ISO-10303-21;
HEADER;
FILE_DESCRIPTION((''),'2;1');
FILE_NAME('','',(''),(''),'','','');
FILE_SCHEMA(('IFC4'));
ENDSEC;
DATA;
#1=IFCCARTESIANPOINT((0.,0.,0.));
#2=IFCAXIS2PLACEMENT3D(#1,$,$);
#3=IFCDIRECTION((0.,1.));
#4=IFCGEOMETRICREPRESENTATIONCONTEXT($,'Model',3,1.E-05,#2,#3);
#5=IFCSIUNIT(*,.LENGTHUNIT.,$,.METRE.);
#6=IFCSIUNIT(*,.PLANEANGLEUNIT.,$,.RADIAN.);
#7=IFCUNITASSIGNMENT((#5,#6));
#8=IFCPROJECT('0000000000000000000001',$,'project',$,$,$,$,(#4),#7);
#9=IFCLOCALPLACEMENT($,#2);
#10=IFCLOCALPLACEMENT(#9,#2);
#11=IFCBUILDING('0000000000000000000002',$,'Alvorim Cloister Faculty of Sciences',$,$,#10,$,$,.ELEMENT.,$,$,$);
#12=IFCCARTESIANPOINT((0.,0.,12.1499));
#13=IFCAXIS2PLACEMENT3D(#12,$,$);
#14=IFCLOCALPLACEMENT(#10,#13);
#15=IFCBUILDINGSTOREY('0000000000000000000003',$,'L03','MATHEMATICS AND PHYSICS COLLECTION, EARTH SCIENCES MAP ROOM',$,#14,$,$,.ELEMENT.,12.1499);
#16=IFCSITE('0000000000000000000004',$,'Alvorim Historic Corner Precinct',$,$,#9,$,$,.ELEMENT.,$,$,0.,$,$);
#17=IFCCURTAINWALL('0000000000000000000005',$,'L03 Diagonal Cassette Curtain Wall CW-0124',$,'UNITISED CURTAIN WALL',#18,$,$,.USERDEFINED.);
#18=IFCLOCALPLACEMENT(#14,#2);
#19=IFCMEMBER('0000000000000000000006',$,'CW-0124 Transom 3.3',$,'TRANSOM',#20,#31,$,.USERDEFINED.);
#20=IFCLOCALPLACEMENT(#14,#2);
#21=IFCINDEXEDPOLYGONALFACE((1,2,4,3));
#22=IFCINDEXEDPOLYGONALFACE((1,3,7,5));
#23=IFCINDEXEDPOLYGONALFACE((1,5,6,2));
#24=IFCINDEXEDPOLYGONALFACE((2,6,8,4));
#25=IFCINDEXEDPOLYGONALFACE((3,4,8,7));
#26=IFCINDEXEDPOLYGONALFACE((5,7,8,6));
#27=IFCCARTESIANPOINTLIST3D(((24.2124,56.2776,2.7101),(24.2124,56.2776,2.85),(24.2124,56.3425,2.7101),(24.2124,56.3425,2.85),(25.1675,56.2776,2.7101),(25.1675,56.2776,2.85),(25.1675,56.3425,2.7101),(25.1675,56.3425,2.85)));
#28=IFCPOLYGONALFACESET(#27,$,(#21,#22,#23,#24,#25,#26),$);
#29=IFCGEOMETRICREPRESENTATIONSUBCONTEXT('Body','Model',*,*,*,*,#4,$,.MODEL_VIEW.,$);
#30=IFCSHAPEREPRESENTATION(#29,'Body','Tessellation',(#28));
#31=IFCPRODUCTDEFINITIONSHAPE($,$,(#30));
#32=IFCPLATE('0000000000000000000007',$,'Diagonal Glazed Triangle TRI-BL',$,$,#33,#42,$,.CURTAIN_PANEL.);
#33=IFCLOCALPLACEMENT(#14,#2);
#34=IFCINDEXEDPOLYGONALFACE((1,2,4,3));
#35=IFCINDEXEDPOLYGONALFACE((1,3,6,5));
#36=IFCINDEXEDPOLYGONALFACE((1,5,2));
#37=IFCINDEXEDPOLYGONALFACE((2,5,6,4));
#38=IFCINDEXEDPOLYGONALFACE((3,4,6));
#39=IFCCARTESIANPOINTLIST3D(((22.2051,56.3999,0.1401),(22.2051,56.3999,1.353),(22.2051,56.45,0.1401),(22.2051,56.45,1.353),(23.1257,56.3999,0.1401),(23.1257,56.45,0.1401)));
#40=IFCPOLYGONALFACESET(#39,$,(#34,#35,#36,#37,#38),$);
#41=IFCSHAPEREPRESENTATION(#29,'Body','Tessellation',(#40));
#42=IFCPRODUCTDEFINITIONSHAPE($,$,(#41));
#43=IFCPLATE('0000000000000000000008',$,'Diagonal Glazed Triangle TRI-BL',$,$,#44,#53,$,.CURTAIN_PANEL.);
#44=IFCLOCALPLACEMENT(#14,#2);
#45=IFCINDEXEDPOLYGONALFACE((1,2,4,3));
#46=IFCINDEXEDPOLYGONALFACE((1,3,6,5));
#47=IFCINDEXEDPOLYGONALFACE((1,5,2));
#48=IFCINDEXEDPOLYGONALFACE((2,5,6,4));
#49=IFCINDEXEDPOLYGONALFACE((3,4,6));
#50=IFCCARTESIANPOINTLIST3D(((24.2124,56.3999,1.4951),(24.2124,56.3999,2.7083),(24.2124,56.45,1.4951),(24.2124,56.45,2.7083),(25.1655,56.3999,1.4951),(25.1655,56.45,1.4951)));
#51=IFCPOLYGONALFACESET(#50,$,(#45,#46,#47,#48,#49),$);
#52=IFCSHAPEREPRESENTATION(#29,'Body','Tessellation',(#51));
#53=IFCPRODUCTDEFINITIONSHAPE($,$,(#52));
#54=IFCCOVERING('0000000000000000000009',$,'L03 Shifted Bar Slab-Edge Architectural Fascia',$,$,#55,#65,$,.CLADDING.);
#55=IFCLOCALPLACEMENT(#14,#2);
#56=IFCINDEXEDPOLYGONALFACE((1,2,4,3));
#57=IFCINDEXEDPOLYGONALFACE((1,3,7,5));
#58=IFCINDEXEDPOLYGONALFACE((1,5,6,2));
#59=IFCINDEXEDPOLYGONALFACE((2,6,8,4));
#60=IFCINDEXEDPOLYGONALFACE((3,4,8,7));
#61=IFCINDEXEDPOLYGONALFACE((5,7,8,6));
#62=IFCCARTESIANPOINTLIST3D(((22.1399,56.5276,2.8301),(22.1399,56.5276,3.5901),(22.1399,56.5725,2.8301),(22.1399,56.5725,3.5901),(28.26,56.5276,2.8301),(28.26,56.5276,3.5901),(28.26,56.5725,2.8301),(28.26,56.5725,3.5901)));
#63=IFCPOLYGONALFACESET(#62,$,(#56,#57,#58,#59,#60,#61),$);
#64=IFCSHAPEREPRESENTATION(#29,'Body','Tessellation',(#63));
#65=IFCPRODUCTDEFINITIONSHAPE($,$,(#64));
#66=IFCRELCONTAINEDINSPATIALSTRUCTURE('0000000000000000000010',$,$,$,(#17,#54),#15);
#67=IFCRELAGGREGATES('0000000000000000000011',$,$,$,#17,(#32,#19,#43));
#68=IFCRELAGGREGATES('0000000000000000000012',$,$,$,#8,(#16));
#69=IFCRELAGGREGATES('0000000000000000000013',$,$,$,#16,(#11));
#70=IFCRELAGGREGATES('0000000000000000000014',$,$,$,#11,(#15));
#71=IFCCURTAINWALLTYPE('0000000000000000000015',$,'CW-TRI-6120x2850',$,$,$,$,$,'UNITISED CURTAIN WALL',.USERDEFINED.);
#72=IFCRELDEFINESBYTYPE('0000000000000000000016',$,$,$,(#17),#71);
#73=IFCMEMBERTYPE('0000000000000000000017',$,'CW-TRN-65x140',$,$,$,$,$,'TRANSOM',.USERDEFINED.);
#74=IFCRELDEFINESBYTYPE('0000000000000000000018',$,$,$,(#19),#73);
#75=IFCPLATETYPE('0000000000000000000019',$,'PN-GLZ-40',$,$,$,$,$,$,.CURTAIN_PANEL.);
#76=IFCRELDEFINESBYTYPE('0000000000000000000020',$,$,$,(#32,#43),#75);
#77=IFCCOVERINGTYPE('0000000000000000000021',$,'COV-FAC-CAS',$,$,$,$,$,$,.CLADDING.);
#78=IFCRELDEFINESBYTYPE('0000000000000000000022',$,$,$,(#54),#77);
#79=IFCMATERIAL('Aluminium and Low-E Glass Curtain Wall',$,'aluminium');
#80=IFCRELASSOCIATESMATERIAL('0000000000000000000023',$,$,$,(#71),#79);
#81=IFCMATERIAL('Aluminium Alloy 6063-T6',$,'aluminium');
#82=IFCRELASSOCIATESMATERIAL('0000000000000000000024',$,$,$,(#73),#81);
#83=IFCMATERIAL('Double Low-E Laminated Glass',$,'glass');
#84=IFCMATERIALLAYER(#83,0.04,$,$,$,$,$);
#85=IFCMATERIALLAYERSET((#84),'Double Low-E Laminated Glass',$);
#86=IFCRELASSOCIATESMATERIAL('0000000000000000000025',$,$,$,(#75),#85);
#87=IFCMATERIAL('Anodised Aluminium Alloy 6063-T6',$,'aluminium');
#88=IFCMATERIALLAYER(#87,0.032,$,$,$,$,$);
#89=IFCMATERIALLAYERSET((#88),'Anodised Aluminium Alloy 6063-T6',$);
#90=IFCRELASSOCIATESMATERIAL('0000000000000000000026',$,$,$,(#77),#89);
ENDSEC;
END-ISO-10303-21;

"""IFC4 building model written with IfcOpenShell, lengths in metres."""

from ifc_helpers import new_model, si_unit, direction, frame, origin, origin_2d, place, context, subcontext, project, spatial, polyline, rectangle, outline, extrude, material, layer, layer_set, material_profile, profile_set, type_object, element, aggregate, save


model = new_model("IFC4")

# Units and contexts
model_context = context("Model", 3, precision=1e-05, world=origin(), true_north=direction((0.0, 1.0)))
body_context = subcontext(model_context, "Body", "Model", "MODEL_VIEW")
ifc_project = project(units=[si_unit("LENGTHUNIT", "METRE"), si_unit("PLANEANGLEUNIT", "RADIAN")], contexts=[model_context])

# Site, building, storey
site_placement = place(None, origin())
site = spatial("IfcSite", under=ifc_project, at=site_placement, Name="Alvorim Historic Corner Precinct", CompositionType="ELEMENT", RefElevation=0.0)
building_placement = place(site_placement, origin())
building = spatial("IfcBuilding", under=site, at=building_placement, Name="Alvorim Cloister Faculty of Sciences", CompositionType="ELEMENT")
storey_placement = place(building_placement, frame((0.0, 0.0, 12.1499)))
storey = spatial("IfcBuildingStorey", under=building, at=storey_placement, Name="L03", Description="MATHEMATICS AND PHYSICS COLLECTION, EARTH SCIENCES MAP ROOM", CompositionType="ELEMENT", Elevation=12.1499)

# Curtain wall, member, plates
ifc_material_1 = material(Name="Aluminium and Low-E Glass Curtain Wall", Category="aluminium")
curtain_wall_type = type_object("IfcCurtainWallType", Name="CW-TRI-6120x2850", ElementType="UNITISED CURTAIN WALL", PredefinedType="USERDEFINED", material=ifc_material_1)
curtain_wall_placement = place(storey_placement, origin())
curtain_wall = element("IfcCurtainWall", 1, at=curtain_wall_placement, inside=storey, type_object=curtain_wall_type, Name="L03 Diagonal Cassette Curtain Wall CW-0124", ObjectType="UNITISED CURTAIN WALL", PredefinedType="USERDEFINED")
ifc_material_2 = material(Name="Aluminium Alloy 6063-T6", Category="aluminium")
ifc_material_profile_1 = material_profile(ifc_material_2, rectangle(XDim=0.0649, YDim=0.1399, at=origin_2d()), Name="ALU-TRN-65x140")
ifc_profile_set_1 = profile_set([ifc_material_profile_1], Name="Aluminium Alloy 6063-T6")
member_type_1 = type_object("IfcMemberType", Name="CW-TRN-65x140", ElementType="TRANSOM", PredefinedType="USERDEFINED", material=ifc_profile_set_1)
member_1_placement = place(storey_placement, frame((24.2124, 56.3101, 2.78), z_axis=(1.0, 0.0, 0.0), x_axis=(0.0, 1.0, 0.0)))
member_1 = element("IfcMember", 2, at=member_1_placement, type_object=member_type_1, Name="CW-0124 Transom 3.3", ObjectType="TRANSOM", PredefinedType="USERDEFINED", context=body_context, shape_type="SweptSolid", body=[
    extrude(rectangle(XDim=0.0649, YDim=0.1399, at=origin_2d()), origin(), (0.0, 0.0, 1.0), 0.9551),
])
ifc_material_3 = material(Name="Double Low-E Laminated Glass", Category="glass")
ifc_layer_1 = layer(ifc_material_3, 0.04)
ifc_layer_set_1 = layer_set([ifc_layer_1], Name="Double Low-E Laminated Glass")
plate_type = type_object("IfcPlateType", Name="PN-GLZ-40", PredefinedType="CURTAIN_PANEL", material=ifc_layer_set_1)
plate_1_placement = place(storey_placement, frame((22.2051, 56.425, 0.1401), z_axis=(0.0, 0.0, 1.0), x_axis=(1.0, 0.0, 0.0)))
plate_1 = element("IfcPlate", 3, at=plate_1_placement, type_object=plate_type, Name="Diagonal Glazed Triangle TRI-BL", PredefinedType="CURTAIN_PANEL", context=body_context, shape_type="SweptSolid", body=[
    extrude(outline(polyline([(0.0, 0.0), (0.9207, 0.0), (0.0, 1.2129), (0.0, 0.0)])), frame((0.0, 0.0249, 0.0), z_axis=(0.0, -1.0, 0.0), x_axis=(1.0, 0.0, 0.0)), (0.0, 0.0, 1.0), 0.05),
])
plate_2_placement = place(storey_placement, frame((24.2124, 56.425, 1.4951), z_axis=(0.0, 0.0, 1.0), x_axis=(1.0, 0.0, 0.0)))
plate_2 = element("IfcPlate", 4, at=plate_2_placement, type_object=plate_type, Name="Diagonal Glazed Triangle TRI-BL", PredefinedType="CURTAIN_PANEL", context=body_context, shape_type="SweptSolid", body=[
    extrude(outline(polyline([(0.0, 0.0), (0.9531, 0.0), (0.0, 1.2131), (0.0, 0.0)])), frame((0.0, 0.0249, 0.0), z_axis=(0.0, -1.0, 0.0), x_axis=(1.0, 0.0, 0.0)), (0.0, 0.0, 1.0), 0.05),
])
aggregate(curtain_wall, [plate_1, member_1, plate_2])

# Covering
ifc_material_4 = material(Name="Anodised Aluminium Alloy 6063-T6", Category="aluminium")
ifc_layer_2 = layer(ifc_material_4, 0.032)
ifc_layer_set_2 = layer_set([ifc_layer_2], Name="Anodised Aluminium Alloy 6063-T6")
covering_type = type_object("IfcCoveringType", Name="COV-FAC-CAS", PredefinedType="CLADDING", material=ifc_layer_set_2)
covering_placement = place(storey_placement, frame((22.1399, 56.55, 2.8301), z_axis=(0.0, 0.0, 1.0), x_axis=(1.0, 0.0, 0.0)))
element("IfcCovering", 5, at=covering_placement, inside=storey, type_object=covering_type, Name="L03 Shifted Bar Slab-Edge Architectural Fascia", PredefinedType="CLADDING", context=body_context, shape_type="SweptSolid", body=[
    extrude(outline(polyline([(0.0, 0.0), (6.1201, 0.0), (6.1201, 0.76), (0.0, 0.76), (0.0, 0.0)])), frame((0.0, 0.0225, 0.0), z_axis=(0.0, -1.0, 0.0), x_axis=(1.0, 0.0, 0.0)), (0.0, 0.0, 1.0), 0.0449),
])

save(model, "model.ifc")
